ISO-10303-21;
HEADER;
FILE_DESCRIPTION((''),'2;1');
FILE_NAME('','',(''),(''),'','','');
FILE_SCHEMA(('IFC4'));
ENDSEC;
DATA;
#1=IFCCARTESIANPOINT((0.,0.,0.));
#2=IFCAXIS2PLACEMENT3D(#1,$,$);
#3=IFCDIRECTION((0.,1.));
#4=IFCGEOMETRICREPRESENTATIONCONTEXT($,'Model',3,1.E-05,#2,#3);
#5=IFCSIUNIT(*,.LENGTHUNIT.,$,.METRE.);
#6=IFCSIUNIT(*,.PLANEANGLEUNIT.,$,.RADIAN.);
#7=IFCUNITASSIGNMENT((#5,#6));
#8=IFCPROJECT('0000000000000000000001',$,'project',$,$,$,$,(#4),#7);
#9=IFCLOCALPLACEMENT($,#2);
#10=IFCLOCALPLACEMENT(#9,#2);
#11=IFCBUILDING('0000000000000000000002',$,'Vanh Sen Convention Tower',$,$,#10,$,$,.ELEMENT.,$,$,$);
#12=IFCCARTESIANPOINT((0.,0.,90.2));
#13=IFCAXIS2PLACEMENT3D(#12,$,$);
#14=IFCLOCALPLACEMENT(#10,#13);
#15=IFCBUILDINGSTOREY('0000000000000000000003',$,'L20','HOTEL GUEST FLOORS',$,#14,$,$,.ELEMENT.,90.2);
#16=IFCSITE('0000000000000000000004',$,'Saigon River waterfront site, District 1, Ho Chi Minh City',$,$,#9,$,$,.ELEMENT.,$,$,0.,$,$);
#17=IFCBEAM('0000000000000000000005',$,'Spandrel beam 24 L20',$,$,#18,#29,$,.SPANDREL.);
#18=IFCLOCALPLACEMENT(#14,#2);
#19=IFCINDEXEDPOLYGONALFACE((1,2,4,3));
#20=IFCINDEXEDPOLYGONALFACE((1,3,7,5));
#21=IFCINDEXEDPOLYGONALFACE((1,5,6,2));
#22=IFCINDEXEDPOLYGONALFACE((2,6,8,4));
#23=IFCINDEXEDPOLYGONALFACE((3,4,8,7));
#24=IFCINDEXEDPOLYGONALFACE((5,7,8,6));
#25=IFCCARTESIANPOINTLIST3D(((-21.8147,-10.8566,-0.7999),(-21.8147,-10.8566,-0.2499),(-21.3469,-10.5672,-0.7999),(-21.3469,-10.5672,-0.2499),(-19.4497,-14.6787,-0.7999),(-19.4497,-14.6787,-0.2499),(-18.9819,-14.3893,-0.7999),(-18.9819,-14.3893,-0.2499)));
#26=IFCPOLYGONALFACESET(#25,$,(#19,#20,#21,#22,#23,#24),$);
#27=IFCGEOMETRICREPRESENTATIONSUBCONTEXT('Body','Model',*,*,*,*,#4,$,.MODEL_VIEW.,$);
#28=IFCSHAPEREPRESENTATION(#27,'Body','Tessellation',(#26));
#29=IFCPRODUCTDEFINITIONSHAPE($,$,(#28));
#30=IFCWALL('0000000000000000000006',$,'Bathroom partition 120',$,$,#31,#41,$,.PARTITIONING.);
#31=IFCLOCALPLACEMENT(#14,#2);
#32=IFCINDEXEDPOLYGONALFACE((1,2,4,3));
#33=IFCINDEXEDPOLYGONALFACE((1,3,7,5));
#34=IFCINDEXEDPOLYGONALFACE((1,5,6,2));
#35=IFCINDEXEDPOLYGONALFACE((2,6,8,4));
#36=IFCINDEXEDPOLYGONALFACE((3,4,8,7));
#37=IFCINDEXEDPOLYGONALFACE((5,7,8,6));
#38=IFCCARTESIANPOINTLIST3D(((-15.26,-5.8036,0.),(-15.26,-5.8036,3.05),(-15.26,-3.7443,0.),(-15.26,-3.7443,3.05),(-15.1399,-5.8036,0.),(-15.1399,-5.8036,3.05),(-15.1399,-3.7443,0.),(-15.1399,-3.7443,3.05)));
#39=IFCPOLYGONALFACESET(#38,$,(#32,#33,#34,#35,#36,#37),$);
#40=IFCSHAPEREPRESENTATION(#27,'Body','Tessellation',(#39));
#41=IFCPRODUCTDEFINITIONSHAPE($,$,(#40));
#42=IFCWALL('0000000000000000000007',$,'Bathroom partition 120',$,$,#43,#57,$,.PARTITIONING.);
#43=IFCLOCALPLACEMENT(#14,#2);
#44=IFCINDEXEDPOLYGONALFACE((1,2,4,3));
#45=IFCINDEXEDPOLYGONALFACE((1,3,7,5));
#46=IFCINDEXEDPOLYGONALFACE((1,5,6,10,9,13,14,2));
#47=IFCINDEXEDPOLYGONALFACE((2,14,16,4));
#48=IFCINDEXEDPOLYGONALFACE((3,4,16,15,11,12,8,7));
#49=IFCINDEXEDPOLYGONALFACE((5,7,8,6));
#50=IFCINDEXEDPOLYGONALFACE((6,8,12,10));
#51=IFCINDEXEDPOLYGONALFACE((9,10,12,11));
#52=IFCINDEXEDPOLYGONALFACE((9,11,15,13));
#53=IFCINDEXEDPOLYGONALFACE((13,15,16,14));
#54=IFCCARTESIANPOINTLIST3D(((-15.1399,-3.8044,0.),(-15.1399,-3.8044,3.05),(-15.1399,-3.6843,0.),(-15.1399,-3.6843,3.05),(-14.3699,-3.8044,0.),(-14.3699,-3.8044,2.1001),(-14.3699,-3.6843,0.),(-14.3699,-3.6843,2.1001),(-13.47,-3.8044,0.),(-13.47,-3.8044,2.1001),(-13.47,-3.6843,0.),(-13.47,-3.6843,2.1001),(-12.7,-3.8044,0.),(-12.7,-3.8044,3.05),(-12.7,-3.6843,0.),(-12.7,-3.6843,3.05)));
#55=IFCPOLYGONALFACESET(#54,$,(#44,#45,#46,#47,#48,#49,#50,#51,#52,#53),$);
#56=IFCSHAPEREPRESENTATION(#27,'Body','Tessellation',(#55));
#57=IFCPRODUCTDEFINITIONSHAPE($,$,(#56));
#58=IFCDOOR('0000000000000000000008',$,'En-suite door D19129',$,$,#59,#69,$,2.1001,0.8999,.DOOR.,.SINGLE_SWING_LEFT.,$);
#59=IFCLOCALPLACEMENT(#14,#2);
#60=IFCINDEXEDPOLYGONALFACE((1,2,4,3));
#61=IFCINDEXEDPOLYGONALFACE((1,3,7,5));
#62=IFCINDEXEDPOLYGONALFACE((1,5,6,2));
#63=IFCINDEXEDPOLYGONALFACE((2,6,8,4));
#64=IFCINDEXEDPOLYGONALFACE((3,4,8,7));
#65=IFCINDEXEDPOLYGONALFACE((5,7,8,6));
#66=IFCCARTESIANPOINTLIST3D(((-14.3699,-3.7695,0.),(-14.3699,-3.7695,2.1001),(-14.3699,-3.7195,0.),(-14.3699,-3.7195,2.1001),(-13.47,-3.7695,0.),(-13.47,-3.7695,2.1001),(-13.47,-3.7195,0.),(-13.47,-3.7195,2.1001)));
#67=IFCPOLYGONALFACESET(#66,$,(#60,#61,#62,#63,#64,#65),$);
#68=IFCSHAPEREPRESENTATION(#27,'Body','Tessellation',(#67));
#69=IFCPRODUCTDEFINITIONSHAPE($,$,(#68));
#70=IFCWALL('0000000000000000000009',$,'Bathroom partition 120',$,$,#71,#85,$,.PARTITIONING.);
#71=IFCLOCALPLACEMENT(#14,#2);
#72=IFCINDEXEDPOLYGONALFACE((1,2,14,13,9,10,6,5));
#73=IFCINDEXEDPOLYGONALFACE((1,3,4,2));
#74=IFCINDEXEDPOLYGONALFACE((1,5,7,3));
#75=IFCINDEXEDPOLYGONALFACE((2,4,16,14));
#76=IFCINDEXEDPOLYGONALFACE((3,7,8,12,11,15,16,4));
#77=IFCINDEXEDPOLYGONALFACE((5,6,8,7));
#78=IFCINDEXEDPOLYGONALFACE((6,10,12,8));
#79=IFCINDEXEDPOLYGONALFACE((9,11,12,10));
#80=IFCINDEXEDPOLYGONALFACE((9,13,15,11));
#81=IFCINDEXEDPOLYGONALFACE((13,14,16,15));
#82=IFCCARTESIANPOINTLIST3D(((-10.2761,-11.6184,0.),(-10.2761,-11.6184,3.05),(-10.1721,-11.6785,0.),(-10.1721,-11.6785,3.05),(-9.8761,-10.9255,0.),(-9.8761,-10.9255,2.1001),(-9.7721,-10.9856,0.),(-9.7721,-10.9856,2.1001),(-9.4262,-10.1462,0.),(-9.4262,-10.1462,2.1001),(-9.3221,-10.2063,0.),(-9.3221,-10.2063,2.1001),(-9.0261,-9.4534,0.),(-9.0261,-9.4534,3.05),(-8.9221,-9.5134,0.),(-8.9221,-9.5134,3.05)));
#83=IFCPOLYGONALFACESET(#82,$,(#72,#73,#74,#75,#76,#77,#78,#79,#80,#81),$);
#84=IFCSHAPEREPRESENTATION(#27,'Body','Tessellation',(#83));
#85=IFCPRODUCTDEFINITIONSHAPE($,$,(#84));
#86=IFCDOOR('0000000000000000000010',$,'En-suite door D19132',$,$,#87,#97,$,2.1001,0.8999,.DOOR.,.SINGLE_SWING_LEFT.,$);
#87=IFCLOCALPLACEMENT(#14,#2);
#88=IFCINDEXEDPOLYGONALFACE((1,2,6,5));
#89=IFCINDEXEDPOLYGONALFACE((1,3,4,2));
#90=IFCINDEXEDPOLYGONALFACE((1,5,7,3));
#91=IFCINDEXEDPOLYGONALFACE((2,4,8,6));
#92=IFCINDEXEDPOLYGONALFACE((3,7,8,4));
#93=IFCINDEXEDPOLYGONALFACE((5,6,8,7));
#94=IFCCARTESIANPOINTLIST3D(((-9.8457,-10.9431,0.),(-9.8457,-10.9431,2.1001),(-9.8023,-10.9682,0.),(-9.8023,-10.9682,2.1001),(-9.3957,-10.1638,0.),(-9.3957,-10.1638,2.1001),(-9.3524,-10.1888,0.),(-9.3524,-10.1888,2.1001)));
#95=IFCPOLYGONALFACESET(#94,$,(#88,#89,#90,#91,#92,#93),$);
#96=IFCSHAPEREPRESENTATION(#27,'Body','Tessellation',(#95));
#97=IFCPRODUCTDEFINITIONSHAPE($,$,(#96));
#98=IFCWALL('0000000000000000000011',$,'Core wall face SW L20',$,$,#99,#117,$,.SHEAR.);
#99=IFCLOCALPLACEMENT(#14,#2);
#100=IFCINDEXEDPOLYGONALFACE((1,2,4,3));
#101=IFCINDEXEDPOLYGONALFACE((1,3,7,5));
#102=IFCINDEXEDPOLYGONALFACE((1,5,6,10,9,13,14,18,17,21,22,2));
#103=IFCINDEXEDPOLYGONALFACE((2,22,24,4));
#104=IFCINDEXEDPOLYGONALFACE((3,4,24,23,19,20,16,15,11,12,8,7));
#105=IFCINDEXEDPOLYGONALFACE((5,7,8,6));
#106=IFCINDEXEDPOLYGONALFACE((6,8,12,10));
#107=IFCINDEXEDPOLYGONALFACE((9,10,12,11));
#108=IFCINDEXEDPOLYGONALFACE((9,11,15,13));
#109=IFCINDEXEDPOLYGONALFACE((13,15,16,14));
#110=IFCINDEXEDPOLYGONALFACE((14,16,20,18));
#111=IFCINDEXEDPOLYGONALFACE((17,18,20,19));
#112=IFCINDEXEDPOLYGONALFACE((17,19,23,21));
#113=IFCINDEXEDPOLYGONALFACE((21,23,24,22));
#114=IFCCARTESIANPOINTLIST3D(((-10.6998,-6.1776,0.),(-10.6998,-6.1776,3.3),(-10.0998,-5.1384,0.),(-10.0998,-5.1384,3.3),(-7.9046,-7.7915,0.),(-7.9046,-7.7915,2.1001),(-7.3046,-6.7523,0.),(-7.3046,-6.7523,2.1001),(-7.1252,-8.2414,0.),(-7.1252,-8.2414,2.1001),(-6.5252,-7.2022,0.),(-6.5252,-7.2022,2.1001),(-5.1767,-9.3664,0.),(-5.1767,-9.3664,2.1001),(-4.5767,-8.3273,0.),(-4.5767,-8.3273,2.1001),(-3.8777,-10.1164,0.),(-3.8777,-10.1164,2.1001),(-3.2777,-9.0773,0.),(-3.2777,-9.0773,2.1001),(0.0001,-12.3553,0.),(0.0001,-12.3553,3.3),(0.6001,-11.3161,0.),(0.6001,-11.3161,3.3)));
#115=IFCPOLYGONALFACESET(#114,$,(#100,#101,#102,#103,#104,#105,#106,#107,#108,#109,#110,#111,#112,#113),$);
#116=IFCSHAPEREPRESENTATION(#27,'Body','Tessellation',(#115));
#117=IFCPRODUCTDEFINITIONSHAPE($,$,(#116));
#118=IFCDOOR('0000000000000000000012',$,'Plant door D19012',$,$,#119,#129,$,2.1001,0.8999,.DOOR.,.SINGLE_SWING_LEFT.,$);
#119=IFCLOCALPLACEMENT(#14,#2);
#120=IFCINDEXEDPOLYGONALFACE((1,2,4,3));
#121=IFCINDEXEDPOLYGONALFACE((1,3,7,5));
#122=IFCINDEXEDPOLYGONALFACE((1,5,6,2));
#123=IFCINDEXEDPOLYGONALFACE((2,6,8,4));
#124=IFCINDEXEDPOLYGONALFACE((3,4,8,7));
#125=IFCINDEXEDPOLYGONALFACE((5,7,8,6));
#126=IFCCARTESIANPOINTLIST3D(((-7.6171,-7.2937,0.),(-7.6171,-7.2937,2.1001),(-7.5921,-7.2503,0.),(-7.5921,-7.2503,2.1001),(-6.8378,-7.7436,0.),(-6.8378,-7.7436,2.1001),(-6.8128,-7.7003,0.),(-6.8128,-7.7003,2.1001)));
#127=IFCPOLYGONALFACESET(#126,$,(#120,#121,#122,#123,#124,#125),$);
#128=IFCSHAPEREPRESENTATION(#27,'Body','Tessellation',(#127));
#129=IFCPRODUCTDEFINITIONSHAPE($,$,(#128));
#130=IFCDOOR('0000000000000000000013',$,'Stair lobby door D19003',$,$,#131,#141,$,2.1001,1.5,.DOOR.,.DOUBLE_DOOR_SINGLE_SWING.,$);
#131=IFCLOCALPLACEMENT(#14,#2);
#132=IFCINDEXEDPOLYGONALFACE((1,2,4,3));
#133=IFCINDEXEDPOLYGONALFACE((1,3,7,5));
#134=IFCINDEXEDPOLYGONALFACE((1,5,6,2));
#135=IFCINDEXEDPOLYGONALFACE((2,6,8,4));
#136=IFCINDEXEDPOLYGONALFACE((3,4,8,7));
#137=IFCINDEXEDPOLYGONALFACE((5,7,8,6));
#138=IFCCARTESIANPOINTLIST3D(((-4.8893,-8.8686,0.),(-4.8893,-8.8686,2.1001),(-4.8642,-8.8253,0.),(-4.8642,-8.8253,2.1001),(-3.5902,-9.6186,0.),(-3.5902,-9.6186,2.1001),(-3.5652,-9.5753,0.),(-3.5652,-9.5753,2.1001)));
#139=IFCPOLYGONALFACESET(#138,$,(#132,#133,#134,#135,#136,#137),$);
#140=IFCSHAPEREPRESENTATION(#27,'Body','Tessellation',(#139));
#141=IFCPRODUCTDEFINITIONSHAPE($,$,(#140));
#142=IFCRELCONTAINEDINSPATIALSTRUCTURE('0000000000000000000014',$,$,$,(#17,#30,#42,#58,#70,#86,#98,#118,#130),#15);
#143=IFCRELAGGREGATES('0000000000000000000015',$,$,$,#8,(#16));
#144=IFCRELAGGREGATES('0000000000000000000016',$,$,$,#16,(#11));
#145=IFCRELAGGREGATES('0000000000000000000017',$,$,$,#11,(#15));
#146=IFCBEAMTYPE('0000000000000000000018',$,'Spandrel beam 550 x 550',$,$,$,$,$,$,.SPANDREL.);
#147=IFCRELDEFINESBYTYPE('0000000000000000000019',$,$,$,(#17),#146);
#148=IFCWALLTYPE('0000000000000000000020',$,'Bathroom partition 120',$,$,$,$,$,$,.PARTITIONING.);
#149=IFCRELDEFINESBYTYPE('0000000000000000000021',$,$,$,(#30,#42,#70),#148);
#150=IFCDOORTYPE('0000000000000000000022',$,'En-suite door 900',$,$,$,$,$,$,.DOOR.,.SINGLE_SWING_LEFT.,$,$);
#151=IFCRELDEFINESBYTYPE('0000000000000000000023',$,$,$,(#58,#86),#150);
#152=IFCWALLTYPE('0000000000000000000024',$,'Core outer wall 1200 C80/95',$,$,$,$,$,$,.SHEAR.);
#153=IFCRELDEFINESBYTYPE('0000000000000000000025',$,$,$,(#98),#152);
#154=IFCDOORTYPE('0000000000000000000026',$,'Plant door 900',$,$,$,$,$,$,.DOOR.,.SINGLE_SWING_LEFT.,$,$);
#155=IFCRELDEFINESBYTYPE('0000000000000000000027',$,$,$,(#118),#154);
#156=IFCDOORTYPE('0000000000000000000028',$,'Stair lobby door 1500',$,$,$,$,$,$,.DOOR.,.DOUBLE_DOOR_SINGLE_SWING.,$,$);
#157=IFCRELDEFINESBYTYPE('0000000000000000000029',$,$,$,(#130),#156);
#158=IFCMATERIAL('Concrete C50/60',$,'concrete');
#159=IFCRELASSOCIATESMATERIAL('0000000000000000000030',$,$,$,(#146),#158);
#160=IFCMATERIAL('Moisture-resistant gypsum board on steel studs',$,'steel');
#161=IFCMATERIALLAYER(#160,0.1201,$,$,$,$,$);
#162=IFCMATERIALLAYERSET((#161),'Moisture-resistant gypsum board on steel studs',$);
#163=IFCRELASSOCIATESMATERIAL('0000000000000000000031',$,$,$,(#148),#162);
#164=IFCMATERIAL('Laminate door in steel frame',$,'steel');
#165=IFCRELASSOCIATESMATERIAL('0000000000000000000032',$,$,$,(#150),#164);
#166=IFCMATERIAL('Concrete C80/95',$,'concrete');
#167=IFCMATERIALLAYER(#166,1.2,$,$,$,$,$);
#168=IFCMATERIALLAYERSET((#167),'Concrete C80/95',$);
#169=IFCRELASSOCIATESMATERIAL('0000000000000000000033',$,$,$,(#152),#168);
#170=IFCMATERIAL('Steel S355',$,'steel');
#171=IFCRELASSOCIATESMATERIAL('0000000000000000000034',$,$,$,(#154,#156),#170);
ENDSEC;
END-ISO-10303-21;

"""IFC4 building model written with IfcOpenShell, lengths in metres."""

from ifc_helpers import new_model, si_unit, direction, frame, frame_2d, origin, origin_2d, place, context, subcontext, project, spatial, rectangle, extrude, material, layer, layer_set, material_profile, profile_set, type_object, element, fill, save


model = new_model("IFC4")

# Units and contexts
model_context = context("Model", 3, precision=1e-05, world=origin(), true_north=direction((0.0, 1.0)))
body_context = subcontext(model_context, "Body", "Model", "MODEL_VIEW")
ifc_project = project(units=[si_unit("LENGTHUNIT", "METRE"), si_unit("PLANEANGLEUNIT", "RADIAN")], contexts=[model_context])

# Site, building, storey
site_placement = place(None, origin())
site = spatial("IfcSite", under=ifc_project, at=site_placement, Name="Saigon River waterfront site, District 1, Ho Chi Minh City", CompositionType="ELEMENT", RefElevation=0.0)
building_placement = place(site_placement, origin())
building = spatial("IfcBuilding", under=site, at=building_placement, Name="Vanh Sen Convention Tower", CompositionType="ELEMENT")
storey_placement = place(building_placement, frame((0.0, 0.0, 90.2)))
storey = spatial("IfcBuildingStorey", under=building, at=storey_placement, Name="L20", Description="HOTEL GUEST FLOORS", CompositionType="ELEMENT", Elevation=90.2)

# Beam
ifc_material_1 = material(Name="Concrete C50/60", Category="concrete")
ifc_material_profile = material_profile(ifc_material_1, rectangle(XDim=0.55, YDim=0.55, at=origin_2d()), Name="RC 550X550")
ifc_profile_set = profile_set([ifc_material_profile], Name="Concrete C50/60")
beam_type = type_object("IfcBeamType", Name="Spandrel beam 550 x 550", PredefinedType="SPANDREL", material=ifc_profile_set)
beam_placement = place(storey_placement, frame((-21.5808, -10.7119, -0.5249), z_axis=(0.52619, -0.850367, 0.0), x_axis=(0.850367, 0.52619, 0.0)))
element("IfcBeam", 1, at=beam_placement, inside=storey, type_object=beam_type, Name="Spandrel beam 24 L20", PredefinedType="SPANDREL", context=body_context, shape_type="SweptSolid", body=[
    extrude(rectangle(XDim=0.55, YDim=0.55, at=origin_2d()), origin(), (0.0, 0.0, 1.0), 4.4946),
])

# Wall
ifc_material_2 = material(Name="Moisture-resistant gypsum board on steel studs", Category="steel")
ifc_layer_1 = layer(ifc_material_2, 0.1201)
ifc_layer_set_1 = layer_set([ifc_layer_1], Name="Moisture-resistant gypsum board on steel studs")
wall_type_1 = type_object("IfcWallType", Name="Bathroom partition 120", PredefinedType="PARTITIONING", material=ifc_layer_set_1)
wall_1_placement = place(storey_placement, frame((-15.2, -5.8037, 0.0), z_axis=(0.0, 0.0, 1.0), x_axis=(0.0, 1.0, 0.0)))
element("IfcWall", 2, at=wall_1_placement, inside=storey, type_object=wall_type_1, Name="Bathroom partition 120", PredefinedType="PARTITIONING", context=body_context, shape_type="SweptSolid", body=[
    extrude(rectangle(XDim=2.0593, YDim=0.1201, at=frame_2d((1.0298, 0.0))), origin(), (0.0, 0.0, 1.0), 3.05),
])

# Walls, openings, doors
wall_2_placement = place(storey_placement, frame((-15.1399, -3.7444, 0.0), z_axis=(0.0, 0.0, 1.0), x_axis=(1.0, 0.0, 0.0)))
wall_2 = element("IfcWall", 3, at=wall_2_placement, inside=storey, type_object=wall_type_1, Name="Bathroom partition 120", PredefinedType="PARTITIONING", context=body_context, shape_type="SweptSolid", body=[
    extrude(rectangle(XDim=2.4399, YDim=0.1201, at=frame_2d((1.22, 0.0))), origin(), (0.0, 0.0, 1.0), 3.05),
])
opening_1_placement = place(wall_2_placement, frame((0.77, 0.0, 0.0)))
opening_1 = element("IfcOpeningElement", 4, at=opening_1_placement, cuts=wall_2, PredefinedType="OPENING", context=body_context, shape_type="SweptSolid", body=[
    extrude(rectangle(XDim=0.8999, YDim=2.1001, at=frame_2d((0.45, 1.05))), frame((0.0, 0.0701, 0.0), z_axis=(0.0, -1.0, 0.0), x_axis=(1.0, 0.0, 0.0)), (0.0, 0.0, 1.0), 0.1401),
])
ifc_material_3 = material(Name="Laminate door in steel frame", Category="steel")
door_type_1 = type_object("IfcDoorType", Name="En-suite door 900", OperationType="SINGLE_SWING_LEFT", PredefinedType="DOOR", material=ifc_material_3)
door_1_placement = place(opening_1_placement, origin())
door_1 = element("IfcDoor", 5, at=door_1_placement, inside=storey, type_object=door_type_1, Name="En-suite door D19129", OperationType="SINGLE_SWING_LEFT", OverallHeight=2.1001, OverallWidth=0.8999, PredefinedType="DOOR", context=body_context, shape_type="SweptSolid", body=[
    extrude(rectangle(XDim=0.8999, YDim=2.1001, at=frame_2d((0.45, 1.05))), frame((0.0, 0.0249, 0.0), z_axis=(0.0, -1.0, 0.0), x_axis=(1.0, 0.0, 0.0)), (0.0, 0.0, 1.0), 0.05),
])
fill(opening_1, door_1)
wall_3_placement = place(storey_placement, frame((-10.2241, -11.6484, 0.0), z_axis=(0.0, 0.0, 1.0), x_axis=(0.500004, 0.866023, 0.0)))
wall_3 = element("IfcWall", 6, at=wall_3_placement, inside=storey, type_object=wall_type_1, Name="Bathroom partition 120", PredefinedType="PARTITIONING", context=body_context, shape_type="SweptSolid", body=[
    extrude(rectangle(XDim=2.5, YDim=0.1201, at=frame_2d((1.25, 0.0))), origin(), (0.0, 0.0, 1.0), 3.05),
])
opening_2_placement = place(wall_3_placement, frame((0.8, 0.0, 0.0)))
opening_2 = element("IfcOpeningElement", 7, at=opening_2_placement, cuts=wall_3, PredefinedType="OPENING", context=body_context, shape_type="SweptSolid", body=[
    extrude(rectangle(XDim=0.8999, YDim=2.1001, at=frame_2d((0.45, 1.05))), frame((0.0, 0.0701, 0.0), z_axis=(0.0, -1.0, 0.0), x_axis=(1.0, 0.0, 0.0)), (0.0, 0.0, 1.0), 0.1401),
])
door_2_placement = place(opening_2_placement, origin())
door_2 = element("IfcDoor", 8, at=door_2_placement, inside=storey, type_object=door_type_1, Name="En-suite door D19132", OperationType="SINGLE_SWING_LEFT", OverallHeight=2.1001, OverallWidth=0.8999, PredefinedType="DOOR", context=body_context, shape_type="SweptSolid", body=[
    extrude(rectangle(XDim=0.8999, YDim=2.1001, at=frame_2d((0.45, 1.05))), frame((0.0, 0.0249, 0.0), z_axis=(0.0, -1.0, 0.0), x_axis=(1.0, 0.0, 0.0)), (0.0, 0.0, 1.0), 0.05),
])
fill(opening_2, door_2)

# Wall, openings, doors
ifc_material_4 = material(Name="Concrete C80/95", Category="concrete")
ifc_layer_2 = layer(ifc_material_4, 1.2)
ifc_layer_set_2 = layer_set([ifc_layer_2], Name="Concrete C80/95")
wall_type_2 = type_object("IfcWallType", Name="Core outer wall 1200 C80/95", PredefinedType="SHEAR", material=ifc_layer_set_2)
wall_4_placement = place(storey_placement, frame((-10.3999, -5.658, 0.0), z_axis=(0.0, 0.0, 1.0), x_axis=(0.866021, -0.500007, 0.0)))
wall_4 = element("IfcWall", 9, at=wall_4_placement, inside=storey, type_object=wall_type_2, Name="Core wall face SW L20", PredefinedType="SHEAR", context=body_context, shape_type="SweptSolid", body=[
    extrude(rectangle(XDim=12.3552, YDim=1.2, at=frame_2d((6.1777, 0.0))), origin(), (0.0, 0.0, 1.0), 3.3),
])
opening_3_placement = place(wall_4_placement, frame((6.3777, 0.0, 0.0)))
opening_3 = element("IfcOpeningElement", 10, at=opening_3_placement, cuts=wall_4, PredefinedType="OPENING", context=body_context, shape_type="SweptSolid", body=[
    extrude(rectangle(XDim=1.5, YDim=2.1001, at=frame_2d((0.75, 1.05))), frame((0.0, 0.6099, 0.0), z_axis=(0.0, -1.0, 0.0), x_axis=(1.0, 0.0, 0.0)), (0.0, 0.0, 1.0), 1.22),
])
opening_4_placement = place(wall_4_placement, frame((3.2278, 0.0, 0.0)))
opening_4 = element("IfcOpeningElement", 11, at=opening_4_placement, cuts=wall_4, PredefinedType="OPENING", context=body_context, shape_type="SweptSolid", body=[
    extrude(rectangle(XDim=0.8999, YDim=2.1001, at=frame_2d((0.45, 1.05))), frame((0.0, 0.6099, 0.0), z_axis=(0.0, -1.0, 0.0), x_axis=(1.0, 0.0, 0.0)), (0.0, 0.0, 1.0), 1.22),
])
ifc_material_5 = material(Name="Steel S355", Category="steel")
door_type_2 = type_object("IfcDoorType", Name="Plant door 900", OperationType="SINGLE_SWING_LEFT", PredefinedType="DOOR", material=ifc_material_5)
door_3_placement = place(opening_4_placement, origin())
door_3 = element("IfcDoor", 12, at=door_3_placement, inside=storey, type_object=door_type_2, Name="Plant door D19012", OperationType="SINGLE_SWING_LEFT", OverallHeight=2.1001, OverallWidth=0.8999, PredefinedType="DOOR", context=body_context, shape_type="SweptSolid", body=[
    extrude(rectangle(XDim=0.8999, YDim=2.1001, at=frame_2d((0.45, 1.05))), frame((0.0, 0.0249, 0.0), z_axis=(0.0, -1.0, 0.0), x_axis=(1.0, 0.0, 0.0)), (0.0, 0.0, 1.0), 0.05),
])
fill(opening_4, door_3)
door_type_3 = type_object("IfcDoorType", Name="Stair lobby door 1500", OperationType="DOUBLE_DOOR_SINGLE_SWING", PredefinedType="DOOR", material=ifc_material_5)
door_4_placement = place(opening_3_placement, origin())
door_4 = element("IfcDoor", 13, at=door_4_placement, inside=storey, type_object=door_type_3, Name="Stair lobby door D19003", OperationType="DOUBLE_DOOR_SINGLE_SWING", OverallHeight=2.1001, OverallWidth=1.5, PredefinedType="DOOR", context=body_context, shape_type="SweptSolid", body=[
    extrude(rectangle(XDim=1.5, YDim=2.1001, at=frame_2d((0.75, 1.05))), frame((0.0, 0.0249, 0.0), z_axis=(0.0, -1.0, 0.0), x_axis=(1.0, 0.0, 0.0)), (0.0, 0.0, 1.0), 0.05),
])
fill(opening_3, door_4)

save(model, "model.ifc")
